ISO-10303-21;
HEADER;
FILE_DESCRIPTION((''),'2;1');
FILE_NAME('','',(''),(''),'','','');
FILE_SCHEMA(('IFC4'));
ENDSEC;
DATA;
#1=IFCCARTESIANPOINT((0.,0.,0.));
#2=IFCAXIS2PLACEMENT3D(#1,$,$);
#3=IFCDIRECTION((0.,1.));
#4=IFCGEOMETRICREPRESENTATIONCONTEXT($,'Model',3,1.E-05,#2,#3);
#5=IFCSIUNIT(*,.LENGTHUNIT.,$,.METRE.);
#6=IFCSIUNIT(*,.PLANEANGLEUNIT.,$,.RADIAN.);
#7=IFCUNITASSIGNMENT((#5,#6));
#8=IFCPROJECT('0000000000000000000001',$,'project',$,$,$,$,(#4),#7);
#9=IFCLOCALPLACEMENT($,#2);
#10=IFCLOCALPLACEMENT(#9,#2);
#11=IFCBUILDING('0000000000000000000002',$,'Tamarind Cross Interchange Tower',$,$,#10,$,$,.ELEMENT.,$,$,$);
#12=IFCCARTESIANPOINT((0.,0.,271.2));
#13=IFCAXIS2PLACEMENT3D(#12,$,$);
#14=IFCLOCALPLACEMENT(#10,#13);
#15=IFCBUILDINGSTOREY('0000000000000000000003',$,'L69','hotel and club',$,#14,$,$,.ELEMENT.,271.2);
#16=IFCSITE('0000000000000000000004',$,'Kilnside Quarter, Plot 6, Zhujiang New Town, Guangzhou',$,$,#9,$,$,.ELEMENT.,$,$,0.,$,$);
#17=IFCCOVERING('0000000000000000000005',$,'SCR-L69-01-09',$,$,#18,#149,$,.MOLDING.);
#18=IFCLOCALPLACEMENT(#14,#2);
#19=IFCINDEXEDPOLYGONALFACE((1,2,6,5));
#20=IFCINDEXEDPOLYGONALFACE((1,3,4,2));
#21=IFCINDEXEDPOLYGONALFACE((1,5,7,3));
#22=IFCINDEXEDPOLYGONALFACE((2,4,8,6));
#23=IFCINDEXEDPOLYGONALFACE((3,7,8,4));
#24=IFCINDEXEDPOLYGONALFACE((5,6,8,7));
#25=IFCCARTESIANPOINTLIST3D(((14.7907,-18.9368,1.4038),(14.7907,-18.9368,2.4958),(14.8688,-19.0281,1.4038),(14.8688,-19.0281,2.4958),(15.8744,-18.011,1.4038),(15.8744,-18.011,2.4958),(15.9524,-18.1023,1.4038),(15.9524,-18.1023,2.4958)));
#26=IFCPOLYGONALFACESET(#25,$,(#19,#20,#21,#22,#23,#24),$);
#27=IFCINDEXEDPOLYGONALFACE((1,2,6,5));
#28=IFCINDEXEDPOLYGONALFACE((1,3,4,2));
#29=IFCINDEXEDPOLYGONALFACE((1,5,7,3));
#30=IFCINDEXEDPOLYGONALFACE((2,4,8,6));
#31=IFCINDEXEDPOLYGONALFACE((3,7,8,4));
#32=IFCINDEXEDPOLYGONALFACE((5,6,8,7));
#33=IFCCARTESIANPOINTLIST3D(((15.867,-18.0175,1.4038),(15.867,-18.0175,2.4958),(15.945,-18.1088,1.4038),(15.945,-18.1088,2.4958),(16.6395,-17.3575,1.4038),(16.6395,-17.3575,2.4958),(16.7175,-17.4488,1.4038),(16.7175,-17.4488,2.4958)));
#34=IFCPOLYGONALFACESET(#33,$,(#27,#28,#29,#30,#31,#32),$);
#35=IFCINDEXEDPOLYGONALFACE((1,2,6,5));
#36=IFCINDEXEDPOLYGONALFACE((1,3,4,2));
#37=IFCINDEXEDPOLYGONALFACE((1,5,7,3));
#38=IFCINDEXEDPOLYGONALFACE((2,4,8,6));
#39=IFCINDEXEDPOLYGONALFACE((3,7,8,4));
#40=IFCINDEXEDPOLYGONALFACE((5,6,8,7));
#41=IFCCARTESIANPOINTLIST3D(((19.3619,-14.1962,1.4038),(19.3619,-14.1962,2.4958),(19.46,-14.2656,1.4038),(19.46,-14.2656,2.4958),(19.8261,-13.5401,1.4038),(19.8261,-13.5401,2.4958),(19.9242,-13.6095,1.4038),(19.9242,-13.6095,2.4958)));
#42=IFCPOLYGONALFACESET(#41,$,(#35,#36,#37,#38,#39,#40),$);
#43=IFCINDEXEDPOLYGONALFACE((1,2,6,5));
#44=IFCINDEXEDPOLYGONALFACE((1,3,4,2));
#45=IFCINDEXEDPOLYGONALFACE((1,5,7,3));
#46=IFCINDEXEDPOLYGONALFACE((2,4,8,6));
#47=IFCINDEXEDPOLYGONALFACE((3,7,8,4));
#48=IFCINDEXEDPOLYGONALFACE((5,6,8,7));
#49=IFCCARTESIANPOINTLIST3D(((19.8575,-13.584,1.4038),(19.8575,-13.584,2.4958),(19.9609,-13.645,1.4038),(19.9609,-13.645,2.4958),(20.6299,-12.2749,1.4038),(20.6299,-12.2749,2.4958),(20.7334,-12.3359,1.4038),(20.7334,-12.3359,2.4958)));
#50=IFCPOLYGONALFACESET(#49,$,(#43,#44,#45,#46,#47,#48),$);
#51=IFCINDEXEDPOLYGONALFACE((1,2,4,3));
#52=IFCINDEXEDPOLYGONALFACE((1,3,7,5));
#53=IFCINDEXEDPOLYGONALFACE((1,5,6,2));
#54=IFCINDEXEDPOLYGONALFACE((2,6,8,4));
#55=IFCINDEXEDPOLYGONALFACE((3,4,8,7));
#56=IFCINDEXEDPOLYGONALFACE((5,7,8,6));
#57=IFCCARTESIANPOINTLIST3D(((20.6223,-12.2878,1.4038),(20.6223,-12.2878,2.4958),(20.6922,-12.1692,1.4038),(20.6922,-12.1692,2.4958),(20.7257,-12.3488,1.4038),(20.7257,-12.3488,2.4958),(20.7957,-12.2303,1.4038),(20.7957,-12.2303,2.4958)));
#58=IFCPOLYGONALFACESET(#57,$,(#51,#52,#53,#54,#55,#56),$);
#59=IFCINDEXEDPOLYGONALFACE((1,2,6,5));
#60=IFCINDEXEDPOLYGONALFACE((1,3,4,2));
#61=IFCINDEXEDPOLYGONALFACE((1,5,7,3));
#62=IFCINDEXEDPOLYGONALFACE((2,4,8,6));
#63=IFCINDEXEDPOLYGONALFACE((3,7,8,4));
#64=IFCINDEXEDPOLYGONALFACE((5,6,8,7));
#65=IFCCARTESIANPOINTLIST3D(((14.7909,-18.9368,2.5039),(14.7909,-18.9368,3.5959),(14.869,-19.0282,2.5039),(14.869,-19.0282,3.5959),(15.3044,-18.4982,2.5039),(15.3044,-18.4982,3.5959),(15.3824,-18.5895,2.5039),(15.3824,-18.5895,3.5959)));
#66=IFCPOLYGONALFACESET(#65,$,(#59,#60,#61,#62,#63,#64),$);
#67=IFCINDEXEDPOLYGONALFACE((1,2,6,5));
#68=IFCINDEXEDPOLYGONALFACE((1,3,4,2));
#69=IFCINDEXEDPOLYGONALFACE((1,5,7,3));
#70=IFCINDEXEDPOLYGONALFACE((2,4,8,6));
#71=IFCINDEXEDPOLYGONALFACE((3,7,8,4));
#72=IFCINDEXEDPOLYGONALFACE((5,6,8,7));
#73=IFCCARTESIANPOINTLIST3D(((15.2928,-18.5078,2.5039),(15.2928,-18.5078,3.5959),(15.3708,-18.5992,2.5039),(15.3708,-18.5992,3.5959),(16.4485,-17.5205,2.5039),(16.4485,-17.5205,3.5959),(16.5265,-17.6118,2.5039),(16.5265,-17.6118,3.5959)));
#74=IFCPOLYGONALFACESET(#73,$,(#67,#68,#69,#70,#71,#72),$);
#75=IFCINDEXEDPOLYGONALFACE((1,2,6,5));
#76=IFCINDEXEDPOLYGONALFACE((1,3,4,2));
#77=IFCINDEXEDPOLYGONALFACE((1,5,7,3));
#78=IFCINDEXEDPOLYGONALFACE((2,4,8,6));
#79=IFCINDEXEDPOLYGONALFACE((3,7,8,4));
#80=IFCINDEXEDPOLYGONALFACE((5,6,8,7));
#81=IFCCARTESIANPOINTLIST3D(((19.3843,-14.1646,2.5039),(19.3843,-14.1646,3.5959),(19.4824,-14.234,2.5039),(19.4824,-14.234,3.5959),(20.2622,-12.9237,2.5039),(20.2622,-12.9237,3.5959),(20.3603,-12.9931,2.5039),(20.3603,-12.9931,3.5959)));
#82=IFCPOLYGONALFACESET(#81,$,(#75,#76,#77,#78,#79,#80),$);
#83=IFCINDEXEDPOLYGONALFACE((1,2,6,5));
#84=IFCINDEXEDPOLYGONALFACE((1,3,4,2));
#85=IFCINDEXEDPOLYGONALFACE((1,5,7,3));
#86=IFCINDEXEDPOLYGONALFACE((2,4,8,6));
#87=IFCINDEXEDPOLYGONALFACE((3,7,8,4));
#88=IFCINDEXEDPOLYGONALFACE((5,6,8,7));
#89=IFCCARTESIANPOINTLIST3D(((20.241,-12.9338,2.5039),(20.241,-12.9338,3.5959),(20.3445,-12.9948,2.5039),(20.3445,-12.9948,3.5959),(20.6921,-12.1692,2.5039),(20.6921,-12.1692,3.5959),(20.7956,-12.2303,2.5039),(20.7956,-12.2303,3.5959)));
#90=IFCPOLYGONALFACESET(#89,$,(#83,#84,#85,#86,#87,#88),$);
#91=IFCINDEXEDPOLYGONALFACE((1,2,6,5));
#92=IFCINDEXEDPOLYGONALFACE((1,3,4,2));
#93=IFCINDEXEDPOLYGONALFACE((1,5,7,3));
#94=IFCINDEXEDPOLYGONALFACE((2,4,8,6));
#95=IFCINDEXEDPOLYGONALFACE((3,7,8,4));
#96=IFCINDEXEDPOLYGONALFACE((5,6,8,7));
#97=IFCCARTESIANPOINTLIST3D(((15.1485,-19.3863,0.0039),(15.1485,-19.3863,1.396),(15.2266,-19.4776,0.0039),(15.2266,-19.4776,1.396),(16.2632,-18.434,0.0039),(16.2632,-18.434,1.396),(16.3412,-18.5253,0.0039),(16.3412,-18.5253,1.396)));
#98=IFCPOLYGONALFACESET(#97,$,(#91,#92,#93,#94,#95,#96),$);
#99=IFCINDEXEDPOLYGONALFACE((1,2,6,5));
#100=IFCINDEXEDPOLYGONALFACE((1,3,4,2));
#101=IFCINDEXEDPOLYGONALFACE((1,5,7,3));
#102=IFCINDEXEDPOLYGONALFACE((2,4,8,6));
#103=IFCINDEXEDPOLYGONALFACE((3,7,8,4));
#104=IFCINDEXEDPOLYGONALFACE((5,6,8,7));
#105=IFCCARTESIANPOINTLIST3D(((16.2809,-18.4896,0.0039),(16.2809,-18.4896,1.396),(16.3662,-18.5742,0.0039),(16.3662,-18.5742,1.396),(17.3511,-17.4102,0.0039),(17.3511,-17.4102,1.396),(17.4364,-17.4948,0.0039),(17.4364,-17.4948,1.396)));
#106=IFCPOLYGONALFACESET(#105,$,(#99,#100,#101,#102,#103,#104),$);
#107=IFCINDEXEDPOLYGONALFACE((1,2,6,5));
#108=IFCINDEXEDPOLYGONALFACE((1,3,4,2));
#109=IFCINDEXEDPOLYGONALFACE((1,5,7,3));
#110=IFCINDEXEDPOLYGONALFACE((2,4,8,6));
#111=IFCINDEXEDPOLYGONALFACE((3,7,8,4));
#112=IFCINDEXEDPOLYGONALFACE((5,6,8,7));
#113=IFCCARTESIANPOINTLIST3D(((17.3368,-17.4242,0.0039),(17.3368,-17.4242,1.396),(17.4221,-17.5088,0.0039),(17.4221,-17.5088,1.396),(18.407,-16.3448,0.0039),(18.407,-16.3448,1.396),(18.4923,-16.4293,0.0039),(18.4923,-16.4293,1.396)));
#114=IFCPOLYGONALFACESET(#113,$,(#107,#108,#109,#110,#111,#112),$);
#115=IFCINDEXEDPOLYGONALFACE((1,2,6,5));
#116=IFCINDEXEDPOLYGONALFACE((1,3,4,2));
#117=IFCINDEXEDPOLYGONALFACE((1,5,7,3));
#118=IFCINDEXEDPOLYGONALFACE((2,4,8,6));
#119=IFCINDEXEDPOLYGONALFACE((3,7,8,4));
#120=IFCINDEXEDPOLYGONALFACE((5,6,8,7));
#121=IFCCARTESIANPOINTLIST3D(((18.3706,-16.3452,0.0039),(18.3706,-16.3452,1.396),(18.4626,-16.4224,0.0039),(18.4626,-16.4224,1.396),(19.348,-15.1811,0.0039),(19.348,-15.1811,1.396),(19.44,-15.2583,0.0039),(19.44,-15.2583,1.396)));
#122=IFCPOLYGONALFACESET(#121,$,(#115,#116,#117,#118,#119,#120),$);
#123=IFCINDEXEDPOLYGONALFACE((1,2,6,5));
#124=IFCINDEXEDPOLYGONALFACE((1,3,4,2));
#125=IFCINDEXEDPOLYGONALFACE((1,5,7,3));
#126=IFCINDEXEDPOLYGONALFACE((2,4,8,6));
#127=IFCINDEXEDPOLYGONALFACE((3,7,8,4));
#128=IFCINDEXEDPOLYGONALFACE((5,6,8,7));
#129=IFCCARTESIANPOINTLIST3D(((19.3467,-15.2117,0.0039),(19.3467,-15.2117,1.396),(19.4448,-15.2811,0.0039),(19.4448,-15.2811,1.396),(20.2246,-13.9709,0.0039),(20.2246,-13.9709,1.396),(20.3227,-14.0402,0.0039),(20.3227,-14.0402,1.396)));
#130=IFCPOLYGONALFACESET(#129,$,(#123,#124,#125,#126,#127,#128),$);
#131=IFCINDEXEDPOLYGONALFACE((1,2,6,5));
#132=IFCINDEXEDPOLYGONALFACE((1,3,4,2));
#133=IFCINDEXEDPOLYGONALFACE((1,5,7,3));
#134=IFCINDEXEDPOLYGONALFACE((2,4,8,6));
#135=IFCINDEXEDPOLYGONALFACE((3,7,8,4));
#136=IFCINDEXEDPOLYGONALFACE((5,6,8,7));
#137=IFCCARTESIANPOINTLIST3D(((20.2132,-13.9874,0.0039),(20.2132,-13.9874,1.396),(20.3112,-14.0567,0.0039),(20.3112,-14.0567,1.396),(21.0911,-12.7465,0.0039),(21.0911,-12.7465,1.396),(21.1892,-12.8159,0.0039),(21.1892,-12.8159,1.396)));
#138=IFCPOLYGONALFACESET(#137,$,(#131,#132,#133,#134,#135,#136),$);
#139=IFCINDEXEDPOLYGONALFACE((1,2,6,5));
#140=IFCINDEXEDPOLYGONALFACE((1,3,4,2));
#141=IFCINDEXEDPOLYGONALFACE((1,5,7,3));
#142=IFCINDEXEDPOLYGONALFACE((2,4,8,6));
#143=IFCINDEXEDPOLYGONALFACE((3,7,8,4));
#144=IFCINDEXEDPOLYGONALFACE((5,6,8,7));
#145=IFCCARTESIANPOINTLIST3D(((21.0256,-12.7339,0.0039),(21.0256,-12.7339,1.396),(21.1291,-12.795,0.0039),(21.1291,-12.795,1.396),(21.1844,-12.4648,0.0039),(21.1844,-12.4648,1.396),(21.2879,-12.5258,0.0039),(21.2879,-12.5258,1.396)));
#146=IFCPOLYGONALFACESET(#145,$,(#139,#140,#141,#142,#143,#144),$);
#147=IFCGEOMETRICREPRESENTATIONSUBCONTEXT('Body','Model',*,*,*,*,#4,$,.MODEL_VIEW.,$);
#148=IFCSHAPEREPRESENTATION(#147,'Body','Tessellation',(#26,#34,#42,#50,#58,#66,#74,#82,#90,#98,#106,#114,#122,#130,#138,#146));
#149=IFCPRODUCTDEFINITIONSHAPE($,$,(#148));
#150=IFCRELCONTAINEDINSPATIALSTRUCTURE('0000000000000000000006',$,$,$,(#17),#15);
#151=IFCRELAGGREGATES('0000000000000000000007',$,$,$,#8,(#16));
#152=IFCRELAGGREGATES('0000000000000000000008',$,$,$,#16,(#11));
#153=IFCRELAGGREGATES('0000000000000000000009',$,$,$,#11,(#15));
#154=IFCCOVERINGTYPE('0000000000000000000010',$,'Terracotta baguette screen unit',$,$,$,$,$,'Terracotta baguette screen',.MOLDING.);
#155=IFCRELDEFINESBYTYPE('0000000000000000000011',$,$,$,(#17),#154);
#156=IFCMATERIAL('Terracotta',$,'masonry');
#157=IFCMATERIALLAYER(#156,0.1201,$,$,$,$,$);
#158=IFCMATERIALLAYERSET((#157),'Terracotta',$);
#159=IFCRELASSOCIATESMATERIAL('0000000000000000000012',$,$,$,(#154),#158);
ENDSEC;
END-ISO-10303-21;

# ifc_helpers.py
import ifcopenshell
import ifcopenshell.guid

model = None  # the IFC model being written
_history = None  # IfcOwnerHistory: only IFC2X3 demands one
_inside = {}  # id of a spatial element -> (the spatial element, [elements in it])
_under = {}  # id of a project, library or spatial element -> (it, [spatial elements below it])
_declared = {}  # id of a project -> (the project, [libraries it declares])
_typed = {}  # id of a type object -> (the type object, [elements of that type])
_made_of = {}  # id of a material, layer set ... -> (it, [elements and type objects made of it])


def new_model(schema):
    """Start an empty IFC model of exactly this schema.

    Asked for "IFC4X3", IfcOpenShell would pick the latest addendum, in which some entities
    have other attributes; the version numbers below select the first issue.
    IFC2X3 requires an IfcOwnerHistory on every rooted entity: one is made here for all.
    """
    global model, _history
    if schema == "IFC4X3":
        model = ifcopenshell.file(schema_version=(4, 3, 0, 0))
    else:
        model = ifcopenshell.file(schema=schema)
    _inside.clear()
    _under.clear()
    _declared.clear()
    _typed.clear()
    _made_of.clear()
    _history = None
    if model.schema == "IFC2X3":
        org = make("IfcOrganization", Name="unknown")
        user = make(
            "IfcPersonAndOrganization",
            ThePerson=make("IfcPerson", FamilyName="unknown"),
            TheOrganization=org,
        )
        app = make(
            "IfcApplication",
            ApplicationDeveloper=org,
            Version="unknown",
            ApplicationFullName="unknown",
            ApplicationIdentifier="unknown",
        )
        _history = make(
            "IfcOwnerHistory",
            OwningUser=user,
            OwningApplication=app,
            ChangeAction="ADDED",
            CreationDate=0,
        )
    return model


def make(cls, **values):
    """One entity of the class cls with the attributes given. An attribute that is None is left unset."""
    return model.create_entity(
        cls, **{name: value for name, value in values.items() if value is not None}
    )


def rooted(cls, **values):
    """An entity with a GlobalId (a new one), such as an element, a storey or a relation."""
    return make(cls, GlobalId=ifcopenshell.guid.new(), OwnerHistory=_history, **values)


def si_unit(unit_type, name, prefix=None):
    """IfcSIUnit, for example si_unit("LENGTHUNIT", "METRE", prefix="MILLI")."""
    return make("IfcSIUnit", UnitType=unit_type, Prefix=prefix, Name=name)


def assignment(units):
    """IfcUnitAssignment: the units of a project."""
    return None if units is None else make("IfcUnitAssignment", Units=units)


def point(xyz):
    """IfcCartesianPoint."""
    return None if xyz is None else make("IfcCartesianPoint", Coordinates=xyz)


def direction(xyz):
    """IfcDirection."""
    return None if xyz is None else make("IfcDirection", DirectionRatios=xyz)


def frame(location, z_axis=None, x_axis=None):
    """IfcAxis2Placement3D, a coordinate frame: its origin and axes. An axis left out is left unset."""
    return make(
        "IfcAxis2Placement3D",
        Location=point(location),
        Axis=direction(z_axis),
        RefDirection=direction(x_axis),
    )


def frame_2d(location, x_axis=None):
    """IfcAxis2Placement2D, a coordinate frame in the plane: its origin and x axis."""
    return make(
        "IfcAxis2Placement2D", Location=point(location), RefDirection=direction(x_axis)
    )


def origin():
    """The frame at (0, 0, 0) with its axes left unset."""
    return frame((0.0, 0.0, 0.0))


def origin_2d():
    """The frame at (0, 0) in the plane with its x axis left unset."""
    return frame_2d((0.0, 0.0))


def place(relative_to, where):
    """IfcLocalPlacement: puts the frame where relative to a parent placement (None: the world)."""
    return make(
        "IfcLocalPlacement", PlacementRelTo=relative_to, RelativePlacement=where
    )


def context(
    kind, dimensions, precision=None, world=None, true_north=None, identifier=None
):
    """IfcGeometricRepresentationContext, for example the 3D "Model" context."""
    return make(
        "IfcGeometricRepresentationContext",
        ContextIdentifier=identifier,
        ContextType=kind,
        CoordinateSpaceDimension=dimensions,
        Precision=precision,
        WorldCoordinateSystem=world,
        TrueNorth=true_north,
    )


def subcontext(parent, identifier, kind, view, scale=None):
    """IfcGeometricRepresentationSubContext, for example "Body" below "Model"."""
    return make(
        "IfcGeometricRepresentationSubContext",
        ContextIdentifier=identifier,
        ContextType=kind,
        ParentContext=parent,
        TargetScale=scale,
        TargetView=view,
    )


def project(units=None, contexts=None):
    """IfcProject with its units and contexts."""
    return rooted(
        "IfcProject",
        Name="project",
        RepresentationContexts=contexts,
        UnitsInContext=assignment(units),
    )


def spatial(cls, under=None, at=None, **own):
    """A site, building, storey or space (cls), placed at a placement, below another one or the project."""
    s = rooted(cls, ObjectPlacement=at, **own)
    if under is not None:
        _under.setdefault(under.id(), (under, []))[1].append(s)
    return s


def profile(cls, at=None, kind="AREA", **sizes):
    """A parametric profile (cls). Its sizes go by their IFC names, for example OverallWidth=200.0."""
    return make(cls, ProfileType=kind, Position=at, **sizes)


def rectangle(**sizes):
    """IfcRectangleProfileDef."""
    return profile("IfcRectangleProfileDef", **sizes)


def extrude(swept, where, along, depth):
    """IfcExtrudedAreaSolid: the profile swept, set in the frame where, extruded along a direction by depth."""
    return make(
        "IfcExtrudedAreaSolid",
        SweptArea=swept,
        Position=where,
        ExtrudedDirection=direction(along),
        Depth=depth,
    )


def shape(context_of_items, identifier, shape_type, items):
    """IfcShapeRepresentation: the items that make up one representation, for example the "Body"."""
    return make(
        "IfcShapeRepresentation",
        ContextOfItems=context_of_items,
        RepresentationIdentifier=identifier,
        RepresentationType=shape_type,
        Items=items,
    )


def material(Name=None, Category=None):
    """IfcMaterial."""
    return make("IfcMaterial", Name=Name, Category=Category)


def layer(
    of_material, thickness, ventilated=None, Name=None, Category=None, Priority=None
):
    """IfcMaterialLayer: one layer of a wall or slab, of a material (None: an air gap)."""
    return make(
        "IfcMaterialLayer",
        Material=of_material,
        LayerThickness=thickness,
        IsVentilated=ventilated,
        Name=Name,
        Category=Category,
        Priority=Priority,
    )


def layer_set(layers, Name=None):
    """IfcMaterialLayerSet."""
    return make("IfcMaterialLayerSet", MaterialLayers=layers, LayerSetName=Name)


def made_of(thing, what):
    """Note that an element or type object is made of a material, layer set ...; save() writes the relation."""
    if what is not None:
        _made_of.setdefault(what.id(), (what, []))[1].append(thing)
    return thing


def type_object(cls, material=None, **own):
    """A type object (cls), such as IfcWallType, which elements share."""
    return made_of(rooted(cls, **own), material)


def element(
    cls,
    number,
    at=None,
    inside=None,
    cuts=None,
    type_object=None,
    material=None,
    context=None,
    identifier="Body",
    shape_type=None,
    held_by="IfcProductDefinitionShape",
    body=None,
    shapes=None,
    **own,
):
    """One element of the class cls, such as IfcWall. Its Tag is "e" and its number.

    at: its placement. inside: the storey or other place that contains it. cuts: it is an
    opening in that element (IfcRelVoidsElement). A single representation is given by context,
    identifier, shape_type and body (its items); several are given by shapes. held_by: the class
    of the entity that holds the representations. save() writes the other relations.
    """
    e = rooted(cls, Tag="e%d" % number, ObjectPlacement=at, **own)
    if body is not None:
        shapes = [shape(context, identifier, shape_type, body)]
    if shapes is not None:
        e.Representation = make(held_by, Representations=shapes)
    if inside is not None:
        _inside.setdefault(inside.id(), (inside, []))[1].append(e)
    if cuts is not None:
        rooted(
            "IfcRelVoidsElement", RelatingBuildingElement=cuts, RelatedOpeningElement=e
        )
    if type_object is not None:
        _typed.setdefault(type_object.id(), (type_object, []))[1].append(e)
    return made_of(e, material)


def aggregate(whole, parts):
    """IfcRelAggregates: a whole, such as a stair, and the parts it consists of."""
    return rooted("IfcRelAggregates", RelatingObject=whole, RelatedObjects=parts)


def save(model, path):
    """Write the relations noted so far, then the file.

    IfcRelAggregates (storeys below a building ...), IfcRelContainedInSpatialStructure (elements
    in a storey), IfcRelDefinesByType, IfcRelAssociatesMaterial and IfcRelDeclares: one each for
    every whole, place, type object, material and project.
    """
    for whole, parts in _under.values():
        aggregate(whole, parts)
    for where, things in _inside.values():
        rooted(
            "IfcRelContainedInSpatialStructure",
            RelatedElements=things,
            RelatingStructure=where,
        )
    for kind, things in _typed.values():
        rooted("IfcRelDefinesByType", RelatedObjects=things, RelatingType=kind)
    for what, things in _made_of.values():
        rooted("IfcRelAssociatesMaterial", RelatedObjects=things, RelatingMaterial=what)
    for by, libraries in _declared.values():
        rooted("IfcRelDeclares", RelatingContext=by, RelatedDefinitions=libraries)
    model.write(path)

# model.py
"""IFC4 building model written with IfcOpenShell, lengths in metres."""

from ifc_helpers import new_model, si_unit, direction, frame, origin, origin_2d, place, context, subcontext, project, spatial, rectangle, extrude, material, layer, layer_set, type_object, element, save


model = new_model("IFC4")

# Units and contexts
model_context = context("Model", 3, precision=1e-05, world=origin(), true_north=direction((0.0, 1.0)))
body_context = subcontext(model_context, "Body", "Model", "MODEL_VIEW")
ifc_project = project(units=[si_unit("LENGTHUNIT", "METRE"), si_unit("PLANEANGLEUNIT", "RADIAN")], contexts=[model_context])

# Site, building, storey
site_placement = place(None, origin())
site = spatial("IfcSite", under=ifc_project, at=site_placement, Name="Kilnside Quarter, Plot 6, Zhujiang New Town, Guangzhou", CompositionType="ELEMENT", RefElevation=0.0)
building_placement = place(site_placement, origin())
building = spatial("IfcBuilding", under=site, at=building_placement, Name="Tamarind Cross Interchange Tower", CompositionType="ELEMENT")
storey_placement = place(building_placement, frame((0.0, 0.0, 271.2)))
storey = spatial("IfcBuildingStorey", under=building, at=storey_placement, Name="L69", Description="hotel and club", CompositionType="ELEMENT", Elevation=271.2)

# Covering
ifc_material_1 = material(Name="Terracotta", Category="masonry")
ifc_layer_1 = layer(ifc_material_1, 0.1201)
ifc_layer_set_1 = layer_set([ifc_layer_1], Name="Terracotta")
covering_type = type_object("IfcCoveringType", Name="Terracotta baguette screen unit", ElementType="Terracotta baguette screen", PredefinedType="MOLDING", material=ifc_layer_set_1)
covering_1_placement = place(storey_placement, origin())
element("IfcCovering", 1, at=covering_1_placement, inside=storey, type_object=covering_type, Name="SCR-L69-01-09", PredefinedType="MOLDING", context=body_context, shape_type="SweptSolid", body=[
    extrude(rectangle(XDim=1.4253, YDim=0.1201, at=origin_2d()), frame((15.3716, -18.5195, 1.4038), z_axis=(0.0, 0.0, 1.0), x_axis=(0.760296, 0.649577, 0.0)), (0.0, 0.0, 1.0), 1.092),
    extrude(rectangle(XDim=1.0161, YDim=0.1201, at=origin_2d()), frame((16.2922, -17.7332, 1.4038), z_axis=(0.0, 0.0, 1.0), x_axis=(0.760296, 0.649577, 0.0)), (0.0, 0.0, 1.0), 1.092),
    extrude(rectangle(XDim=0.8037, YDim=0.1201, at=origin_2d()), frame((19.6431, -13.9028, 1.4038), z_axis=(0.0, 0.0, 1.0), x_axis=(0.577569, 0.816342, 0.0)), (0.0, 0.0, 1.0), 1.092),
    extrude(rectangle(XDim=1.52, YDim=0.1201, at=origin_2d()), frame((20.2954, -12.96, 1.4038), z_axis=(0.0, 0.0, 1.0), x_axis=(0.508183, 0.861249, 0.0)), (0.0, 0.0, 1.0), 1.092),
    extrude(rectangle(XDim=0.1377, YDim=0.1201, at=origin_2d()), frame((20.709, -12.259, 1.4038), z_axis=(0.0, 0.0, 1.0), x_axis=(0.508183, 0.861249, 0.0)), (0.0, 0.0, 1.0), 1.092),
    extrude(rectangle(XDim=0.6753, YDim=0.1201, at=origin_2d()), frame((15.0867, -18.7632, 2.5039), z_axis=(0.0, 0.0, 1.0), x_axis=(0.760296, 0.649577, 0.0)), (0.0, 0.0, 1.0), 1.092),
    extrude(rectangle(XDim=1.52, YDim=0.1201, at=origin_2d()), frame((15.9097, -18.0598, 2.5039), z_axis=(0.0, 0.0, 1.0), x_axis=(0.760296, 0.649577, 0.0)), (0.0, 0.0, 1.0), 1.092),
    extrude(rectangle(XDim=1.52, YDim=0.1201, at=origin_2d()), frame((19.8723, -13.5789, 2.5039), z_axis=(0.0, 0.0, 1.0), x_axis=(0.577569, 0.816342, 0.0)), (0.0, 0.0, 1.0), 1.092),
    extrude(rectangle(XDim=0.8877, YDim=0.1201, at=origin_2d()), frame((20.5183, -12.582, 2.5039), z_axis=(0.0, 0.0, 1.0), x_axis=(0.508183, 0.861249, 0.0)), (0.0, 0.0, 1.0), 1.092),
    extrude(rectangle(XDim=1.4661, YDim=0.1201, at=origin_2d()), frame((15.7449, -18.9558, 0.0039), z_axis=(0.0, 0.0, 1.0), x_axis=(0.760296, 0.649577, 0.0)), (0.0, 0.0, 1.0), 1.3921),
    extrude(rectangle(XDim=1.52, YDim=0.1201, at=origin_2d()), frame((16.8586, -17.9922, 0.0039), z_axis=(0.0, 0.0, 1.0), x_axis=(0.704057, 0.710143, 0.0)), (0.0, 0.0, 1.0), 1.3921),
    extrude(rectangle(XDim=1.52, YDim=0.1201, at=origin_2d()), frame((17.9146, -16.9268, 0.0039), z_axis=(0.0, 0.0, 1.0), x_axis=(0.704057, 0.710143, 0.0)), (0.0, 0.0, 1.0), 1.3921),
    extrude(rectangle(XDim=1.52, YDim=0.1201, at=origin_2d()), frame((18.9053, -15.8018, 0.0039), z_axis=(0.0, 0.0, 1.0), x_axis=(0.643009, 0.765858, 0.0)), (0.0, 0.0, 1.0), 1.3921),
    extrude(rectangle(XDim=1.52, YDim=0.1201, at=origin_2d()), frame((19.8347, -14.626, 0.0039), z_axis=(0.0, 0.0, 1.0), x_axis=(0.577569, 0.816342, 0.0)), (0.0, 0.0, 1.0), 1.3921),
    extrude(rectangle(XDim=1.52, YDim=0.1201, at=origin_2d()), frame((20.7012, -13.4016, 0.0039), z_axis=(0.0, 0.0, 1.0), x_axis=(0.577569, 0.816342, 0.0)), (0.0, 0.0, 1.0), 1.3921),
    extrude(rectangle(XDim=0.3125, YDim=0.1201, at=origin_2d()), frame((21.1567, -12.6299, 0.0039), z_axis=(0.0, 0.0, 1.0), x_axis=(0.508183, 0.861249, 0.0)), (0.0, 0.0, 1.0), 1.3921),
])

save(model, "model.ifc")
